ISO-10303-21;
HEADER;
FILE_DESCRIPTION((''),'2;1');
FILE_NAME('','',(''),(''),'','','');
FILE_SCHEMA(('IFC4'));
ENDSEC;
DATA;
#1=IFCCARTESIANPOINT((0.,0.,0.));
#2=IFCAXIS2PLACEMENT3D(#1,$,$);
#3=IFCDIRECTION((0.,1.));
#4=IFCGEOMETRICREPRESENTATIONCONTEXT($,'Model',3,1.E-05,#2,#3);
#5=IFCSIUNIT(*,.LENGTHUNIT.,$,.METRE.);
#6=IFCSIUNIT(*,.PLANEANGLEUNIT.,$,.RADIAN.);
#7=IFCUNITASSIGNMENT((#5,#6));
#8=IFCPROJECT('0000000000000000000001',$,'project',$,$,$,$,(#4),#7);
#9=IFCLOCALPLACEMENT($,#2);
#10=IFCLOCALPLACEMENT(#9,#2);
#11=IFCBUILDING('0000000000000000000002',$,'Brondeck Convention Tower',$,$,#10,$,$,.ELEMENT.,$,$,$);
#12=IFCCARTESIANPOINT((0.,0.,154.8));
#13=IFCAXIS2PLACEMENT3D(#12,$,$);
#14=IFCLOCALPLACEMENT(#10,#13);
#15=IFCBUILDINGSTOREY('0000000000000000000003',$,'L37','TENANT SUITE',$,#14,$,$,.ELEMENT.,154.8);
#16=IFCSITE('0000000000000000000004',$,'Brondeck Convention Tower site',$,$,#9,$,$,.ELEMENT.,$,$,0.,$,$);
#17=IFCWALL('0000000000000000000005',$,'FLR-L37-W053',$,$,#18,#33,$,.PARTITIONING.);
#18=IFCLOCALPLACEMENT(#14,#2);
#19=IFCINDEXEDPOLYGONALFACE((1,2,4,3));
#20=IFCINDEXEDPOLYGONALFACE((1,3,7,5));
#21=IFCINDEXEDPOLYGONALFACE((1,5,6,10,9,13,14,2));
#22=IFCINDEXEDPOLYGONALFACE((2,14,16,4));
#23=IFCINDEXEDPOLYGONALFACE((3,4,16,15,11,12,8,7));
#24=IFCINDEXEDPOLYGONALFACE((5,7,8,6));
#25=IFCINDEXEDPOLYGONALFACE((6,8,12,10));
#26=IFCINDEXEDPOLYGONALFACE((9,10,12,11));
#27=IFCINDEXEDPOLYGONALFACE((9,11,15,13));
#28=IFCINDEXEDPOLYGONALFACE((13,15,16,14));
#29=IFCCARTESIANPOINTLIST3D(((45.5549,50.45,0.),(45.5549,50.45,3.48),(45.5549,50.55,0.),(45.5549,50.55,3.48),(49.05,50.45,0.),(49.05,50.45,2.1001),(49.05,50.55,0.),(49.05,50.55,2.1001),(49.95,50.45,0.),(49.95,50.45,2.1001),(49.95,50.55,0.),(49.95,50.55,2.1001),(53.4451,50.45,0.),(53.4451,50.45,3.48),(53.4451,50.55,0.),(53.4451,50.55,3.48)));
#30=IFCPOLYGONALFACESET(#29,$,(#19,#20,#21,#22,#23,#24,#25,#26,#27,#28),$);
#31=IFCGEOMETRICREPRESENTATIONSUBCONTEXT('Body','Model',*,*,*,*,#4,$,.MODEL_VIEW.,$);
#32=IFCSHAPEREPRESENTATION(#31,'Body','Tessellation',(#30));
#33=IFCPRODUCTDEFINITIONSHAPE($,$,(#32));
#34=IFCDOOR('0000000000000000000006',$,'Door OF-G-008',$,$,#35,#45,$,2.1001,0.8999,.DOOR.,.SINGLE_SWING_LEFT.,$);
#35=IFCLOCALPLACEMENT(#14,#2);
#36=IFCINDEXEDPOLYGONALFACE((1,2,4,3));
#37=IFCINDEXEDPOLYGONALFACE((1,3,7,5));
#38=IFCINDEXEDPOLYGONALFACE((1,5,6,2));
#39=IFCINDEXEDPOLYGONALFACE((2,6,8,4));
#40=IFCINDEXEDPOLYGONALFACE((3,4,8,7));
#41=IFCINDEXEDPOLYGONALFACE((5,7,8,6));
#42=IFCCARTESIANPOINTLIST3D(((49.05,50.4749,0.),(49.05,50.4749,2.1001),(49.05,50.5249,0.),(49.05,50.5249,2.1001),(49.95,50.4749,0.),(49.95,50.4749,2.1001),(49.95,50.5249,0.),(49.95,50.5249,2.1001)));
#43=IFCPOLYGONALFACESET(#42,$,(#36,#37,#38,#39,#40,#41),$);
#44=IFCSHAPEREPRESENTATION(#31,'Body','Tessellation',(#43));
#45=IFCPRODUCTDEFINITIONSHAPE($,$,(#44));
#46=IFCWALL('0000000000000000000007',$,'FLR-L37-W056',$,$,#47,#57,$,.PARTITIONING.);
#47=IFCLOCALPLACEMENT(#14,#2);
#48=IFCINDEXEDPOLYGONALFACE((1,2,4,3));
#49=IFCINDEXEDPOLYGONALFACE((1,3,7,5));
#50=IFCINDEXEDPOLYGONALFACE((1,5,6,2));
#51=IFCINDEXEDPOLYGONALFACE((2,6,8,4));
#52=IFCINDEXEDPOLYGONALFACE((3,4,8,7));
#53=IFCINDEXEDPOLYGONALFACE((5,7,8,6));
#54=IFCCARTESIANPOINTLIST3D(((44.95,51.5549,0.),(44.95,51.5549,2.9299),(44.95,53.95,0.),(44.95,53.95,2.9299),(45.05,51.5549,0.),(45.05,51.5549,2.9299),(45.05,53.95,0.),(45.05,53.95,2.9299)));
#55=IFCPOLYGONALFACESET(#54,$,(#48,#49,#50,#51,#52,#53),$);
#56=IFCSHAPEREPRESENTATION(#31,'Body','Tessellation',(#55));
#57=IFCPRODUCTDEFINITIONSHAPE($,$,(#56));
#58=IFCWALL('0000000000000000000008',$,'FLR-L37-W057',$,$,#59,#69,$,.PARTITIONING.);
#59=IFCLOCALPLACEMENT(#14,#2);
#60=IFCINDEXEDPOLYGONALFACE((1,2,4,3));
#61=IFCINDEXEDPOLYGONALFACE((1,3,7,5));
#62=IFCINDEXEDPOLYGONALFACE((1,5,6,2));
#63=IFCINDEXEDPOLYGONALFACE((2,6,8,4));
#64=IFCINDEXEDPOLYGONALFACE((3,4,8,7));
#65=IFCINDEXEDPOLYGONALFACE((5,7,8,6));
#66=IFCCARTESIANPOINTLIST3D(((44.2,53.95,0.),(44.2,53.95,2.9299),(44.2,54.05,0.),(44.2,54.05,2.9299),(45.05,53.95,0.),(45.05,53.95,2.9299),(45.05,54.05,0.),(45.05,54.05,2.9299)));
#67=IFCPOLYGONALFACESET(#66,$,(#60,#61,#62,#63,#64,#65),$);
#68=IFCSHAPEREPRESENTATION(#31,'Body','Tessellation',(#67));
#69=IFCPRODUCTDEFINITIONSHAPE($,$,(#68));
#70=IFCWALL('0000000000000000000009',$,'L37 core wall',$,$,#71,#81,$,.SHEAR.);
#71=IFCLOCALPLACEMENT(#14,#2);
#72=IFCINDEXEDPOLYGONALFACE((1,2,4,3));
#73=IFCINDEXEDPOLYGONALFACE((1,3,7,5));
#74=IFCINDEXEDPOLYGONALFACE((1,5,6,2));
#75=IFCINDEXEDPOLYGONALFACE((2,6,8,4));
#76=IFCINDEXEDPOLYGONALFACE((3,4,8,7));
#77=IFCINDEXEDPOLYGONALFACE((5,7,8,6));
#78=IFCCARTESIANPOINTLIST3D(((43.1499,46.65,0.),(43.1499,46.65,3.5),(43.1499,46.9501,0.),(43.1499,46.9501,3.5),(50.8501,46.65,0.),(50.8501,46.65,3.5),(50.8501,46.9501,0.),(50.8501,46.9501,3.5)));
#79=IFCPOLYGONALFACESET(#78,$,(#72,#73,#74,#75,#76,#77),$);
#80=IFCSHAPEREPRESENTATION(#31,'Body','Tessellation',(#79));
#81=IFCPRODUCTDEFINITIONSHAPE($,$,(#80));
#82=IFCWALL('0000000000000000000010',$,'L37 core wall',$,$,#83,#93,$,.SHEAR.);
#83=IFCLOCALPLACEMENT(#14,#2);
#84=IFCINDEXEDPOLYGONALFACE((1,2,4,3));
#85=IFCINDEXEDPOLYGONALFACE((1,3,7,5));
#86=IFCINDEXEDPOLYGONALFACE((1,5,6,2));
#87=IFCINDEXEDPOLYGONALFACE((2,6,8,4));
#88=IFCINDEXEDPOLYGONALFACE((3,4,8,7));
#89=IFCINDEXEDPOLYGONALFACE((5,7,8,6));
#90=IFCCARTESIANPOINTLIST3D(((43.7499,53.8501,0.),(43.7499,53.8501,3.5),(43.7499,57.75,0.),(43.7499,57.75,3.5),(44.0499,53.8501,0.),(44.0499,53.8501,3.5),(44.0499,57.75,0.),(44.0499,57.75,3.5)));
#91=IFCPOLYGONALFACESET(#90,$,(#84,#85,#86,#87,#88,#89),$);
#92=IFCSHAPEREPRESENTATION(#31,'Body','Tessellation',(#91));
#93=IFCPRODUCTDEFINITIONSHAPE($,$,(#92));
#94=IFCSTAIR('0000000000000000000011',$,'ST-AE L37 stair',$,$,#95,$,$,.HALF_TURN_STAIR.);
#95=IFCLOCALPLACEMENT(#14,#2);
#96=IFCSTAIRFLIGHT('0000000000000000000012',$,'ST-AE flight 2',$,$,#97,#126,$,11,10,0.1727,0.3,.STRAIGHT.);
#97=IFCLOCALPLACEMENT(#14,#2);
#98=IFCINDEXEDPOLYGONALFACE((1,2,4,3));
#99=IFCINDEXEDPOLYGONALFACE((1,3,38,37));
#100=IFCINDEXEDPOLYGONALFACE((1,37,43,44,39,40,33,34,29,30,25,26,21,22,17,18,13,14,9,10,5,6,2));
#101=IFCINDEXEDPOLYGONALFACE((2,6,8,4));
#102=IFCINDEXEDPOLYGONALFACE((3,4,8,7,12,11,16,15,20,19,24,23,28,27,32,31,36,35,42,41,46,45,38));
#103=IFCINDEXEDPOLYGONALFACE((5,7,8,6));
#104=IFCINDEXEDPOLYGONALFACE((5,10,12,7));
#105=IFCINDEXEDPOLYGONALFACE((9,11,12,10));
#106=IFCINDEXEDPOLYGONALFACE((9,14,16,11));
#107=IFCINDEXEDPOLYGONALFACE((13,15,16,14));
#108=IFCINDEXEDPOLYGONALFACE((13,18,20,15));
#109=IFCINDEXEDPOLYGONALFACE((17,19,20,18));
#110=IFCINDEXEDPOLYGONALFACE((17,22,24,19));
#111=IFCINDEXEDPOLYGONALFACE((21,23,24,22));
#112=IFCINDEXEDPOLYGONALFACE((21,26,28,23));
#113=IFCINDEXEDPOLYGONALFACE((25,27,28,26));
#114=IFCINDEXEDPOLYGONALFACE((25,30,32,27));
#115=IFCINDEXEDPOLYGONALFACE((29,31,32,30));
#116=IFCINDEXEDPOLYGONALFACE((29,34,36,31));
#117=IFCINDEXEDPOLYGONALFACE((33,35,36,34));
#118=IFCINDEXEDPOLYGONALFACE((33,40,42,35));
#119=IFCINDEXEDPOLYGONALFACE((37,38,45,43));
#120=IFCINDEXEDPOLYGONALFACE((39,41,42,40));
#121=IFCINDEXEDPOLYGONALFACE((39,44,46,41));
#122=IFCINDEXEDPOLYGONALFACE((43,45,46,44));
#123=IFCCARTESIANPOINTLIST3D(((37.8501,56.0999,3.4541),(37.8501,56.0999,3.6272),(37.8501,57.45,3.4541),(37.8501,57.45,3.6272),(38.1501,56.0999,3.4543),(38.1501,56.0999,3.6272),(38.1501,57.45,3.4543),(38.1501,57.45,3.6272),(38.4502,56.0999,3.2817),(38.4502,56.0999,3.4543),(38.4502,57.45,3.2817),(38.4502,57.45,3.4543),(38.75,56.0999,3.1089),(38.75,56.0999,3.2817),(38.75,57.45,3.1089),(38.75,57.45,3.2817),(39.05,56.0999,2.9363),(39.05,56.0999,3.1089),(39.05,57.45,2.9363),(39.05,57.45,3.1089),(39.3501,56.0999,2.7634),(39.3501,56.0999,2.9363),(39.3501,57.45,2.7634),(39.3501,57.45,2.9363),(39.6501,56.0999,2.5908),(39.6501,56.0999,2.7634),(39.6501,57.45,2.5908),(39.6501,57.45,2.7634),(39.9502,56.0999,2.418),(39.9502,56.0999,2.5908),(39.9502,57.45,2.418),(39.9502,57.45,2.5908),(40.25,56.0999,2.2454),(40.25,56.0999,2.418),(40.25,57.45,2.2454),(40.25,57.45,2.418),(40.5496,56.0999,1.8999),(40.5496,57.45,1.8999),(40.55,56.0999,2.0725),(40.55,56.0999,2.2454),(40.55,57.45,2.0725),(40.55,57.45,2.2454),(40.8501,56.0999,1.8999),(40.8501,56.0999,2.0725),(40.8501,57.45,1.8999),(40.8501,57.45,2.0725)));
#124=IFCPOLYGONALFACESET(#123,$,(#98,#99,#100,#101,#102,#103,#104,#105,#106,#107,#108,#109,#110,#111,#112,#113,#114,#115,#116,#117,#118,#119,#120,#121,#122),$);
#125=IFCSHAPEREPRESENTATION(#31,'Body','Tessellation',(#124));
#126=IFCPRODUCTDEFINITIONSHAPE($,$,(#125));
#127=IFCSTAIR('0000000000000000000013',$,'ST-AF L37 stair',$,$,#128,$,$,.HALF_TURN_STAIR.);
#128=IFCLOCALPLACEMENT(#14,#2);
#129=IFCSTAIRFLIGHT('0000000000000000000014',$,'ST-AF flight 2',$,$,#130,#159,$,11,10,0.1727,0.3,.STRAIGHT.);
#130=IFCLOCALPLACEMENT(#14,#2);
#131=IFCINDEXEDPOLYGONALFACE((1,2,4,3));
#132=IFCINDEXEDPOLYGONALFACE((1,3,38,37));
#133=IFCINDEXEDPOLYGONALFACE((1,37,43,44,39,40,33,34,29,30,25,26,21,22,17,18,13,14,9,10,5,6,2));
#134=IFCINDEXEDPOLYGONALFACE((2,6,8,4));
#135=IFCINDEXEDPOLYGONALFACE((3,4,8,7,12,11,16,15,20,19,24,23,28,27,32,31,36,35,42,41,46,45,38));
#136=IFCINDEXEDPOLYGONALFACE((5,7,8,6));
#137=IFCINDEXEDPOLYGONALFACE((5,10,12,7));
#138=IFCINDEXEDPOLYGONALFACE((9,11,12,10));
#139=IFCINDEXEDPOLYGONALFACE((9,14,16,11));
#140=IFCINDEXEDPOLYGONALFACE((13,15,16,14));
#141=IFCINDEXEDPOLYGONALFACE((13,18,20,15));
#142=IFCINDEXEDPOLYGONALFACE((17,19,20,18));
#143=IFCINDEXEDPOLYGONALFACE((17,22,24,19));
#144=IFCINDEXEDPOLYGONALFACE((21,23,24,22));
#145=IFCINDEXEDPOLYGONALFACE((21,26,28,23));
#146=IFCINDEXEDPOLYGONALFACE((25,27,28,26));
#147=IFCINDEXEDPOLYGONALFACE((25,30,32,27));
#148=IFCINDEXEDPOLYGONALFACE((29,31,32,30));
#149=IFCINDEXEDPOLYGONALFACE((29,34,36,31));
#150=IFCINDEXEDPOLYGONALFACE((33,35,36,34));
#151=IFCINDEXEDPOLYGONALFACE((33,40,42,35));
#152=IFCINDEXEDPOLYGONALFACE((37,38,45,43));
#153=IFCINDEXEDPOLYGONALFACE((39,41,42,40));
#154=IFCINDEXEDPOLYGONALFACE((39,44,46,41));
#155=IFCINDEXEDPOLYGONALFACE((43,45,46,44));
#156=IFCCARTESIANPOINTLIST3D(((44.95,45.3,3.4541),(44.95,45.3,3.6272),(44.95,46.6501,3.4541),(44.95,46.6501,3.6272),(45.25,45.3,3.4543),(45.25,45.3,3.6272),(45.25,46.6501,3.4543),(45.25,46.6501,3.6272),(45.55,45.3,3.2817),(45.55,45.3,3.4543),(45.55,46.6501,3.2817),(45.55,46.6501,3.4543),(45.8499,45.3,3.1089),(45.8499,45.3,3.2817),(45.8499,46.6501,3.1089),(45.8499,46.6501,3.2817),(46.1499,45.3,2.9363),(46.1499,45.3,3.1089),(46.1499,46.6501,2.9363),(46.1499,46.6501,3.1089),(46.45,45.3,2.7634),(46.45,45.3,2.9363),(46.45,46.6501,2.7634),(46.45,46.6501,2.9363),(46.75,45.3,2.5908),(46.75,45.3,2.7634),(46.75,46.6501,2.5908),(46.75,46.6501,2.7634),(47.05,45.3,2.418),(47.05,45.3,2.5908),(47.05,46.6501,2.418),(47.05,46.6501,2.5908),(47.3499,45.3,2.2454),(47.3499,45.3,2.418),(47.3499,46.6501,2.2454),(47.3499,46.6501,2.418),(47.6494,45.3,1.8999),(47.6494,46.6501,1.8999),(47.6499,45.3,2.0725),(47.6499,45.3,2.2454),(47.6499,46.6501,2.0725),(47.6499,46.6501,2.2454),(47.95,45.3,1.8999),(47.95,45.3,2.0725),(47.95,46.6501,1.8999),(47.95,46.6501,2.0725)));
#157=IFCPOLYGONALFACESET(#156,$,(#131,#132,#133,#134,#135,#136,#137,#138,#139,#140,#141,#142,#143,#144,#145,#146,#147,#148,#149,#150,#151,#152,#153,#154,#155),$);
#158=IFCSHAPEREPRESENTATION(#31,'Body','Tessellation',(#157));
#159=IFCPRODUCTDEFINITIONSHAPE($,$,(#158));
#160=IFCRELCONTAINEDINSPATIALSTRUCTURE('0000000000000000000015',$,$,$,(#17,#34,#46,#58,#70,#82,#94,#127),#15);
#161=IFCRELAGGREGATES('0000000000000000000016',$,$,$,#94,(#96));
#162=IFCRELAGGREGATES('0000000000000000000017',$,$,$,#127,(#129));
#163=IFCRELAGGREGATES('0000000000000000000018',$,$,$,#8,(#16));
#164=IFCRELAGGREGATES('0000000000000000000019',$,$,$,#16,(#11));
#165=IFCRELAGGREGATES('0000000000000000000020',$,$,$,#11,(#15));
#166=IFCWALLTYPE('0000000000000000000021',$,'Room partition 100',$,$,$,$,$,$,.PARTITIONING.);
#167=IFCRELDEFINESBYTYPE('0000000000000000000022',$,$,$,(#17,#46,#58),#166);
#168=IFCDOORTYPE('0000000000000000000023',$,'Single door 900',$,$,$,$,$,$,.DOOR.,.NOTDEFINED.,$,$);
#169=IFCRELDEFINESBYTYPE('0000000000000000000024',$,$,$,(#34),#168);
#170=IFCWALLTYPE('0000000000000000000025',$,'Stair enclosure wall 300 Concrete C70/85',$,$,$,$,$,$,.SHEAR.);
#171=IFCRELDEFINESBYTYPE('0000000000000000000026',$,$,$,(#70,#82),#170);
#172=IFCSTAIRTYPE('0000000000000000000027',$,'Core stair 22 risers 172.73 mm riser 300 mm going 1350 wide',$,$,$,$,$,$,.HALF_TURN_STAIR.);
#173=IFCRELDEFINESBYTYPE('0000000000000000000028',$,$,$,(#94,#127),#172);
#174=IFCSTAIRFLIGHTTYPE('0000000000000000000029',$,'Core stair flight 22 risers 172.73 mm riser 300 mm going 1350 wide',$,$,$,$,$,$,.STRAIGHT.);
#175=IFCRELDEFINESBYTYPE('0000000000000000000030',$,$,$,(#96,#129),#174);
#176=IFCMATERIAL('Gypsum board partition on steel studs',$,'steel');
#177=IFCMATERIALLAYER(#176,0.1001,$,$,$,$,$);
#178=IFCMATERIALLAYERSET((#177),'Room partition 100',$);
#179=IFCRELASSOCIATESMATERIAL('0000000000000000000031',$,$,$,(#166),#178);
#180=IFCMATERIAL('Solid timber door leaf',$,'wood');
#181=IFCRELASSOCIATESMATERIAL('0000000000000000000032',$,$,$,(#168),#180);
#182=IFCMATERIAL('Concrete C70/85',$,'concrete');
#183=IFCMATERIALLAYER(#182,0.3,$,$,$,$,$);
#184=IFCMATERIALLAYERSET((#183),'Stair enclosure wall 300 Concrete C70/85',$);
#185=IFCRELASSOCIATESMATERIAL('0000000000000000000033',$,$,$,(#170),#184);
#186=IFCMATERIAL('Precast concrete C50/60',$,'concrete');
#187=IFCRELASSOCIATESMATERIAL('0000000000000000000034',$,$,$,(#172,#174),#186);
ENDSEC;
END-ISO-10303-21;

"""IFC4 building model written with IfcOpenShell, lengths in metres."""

from ifc_helpers import new_model, si_unit, direction, frame, frame_2d, origin, place, context, subcontext, project, spatial, polyline, rectangle, outline, extrude, material, layer, layer_set, type_object, element, fill, aggregate, save


model = new_model("IFC4")

# Units and contexts
model_context = context("Model", 3, precision=1e-05, world=origin(), true_north=direction((0.0, 1.0)))
body_context = subcontext(model_context, "Body", "Model", "MODEL_VIEW")
ifc_project = project(units=[si_unit("LENGTHUNIT", "METRE"), si_unit("PLANEANGLEUNIT", "RADIAN")], contexts=[model_context])

# Site, building, storey
site_placement = place(None, origin())
site = spatial("IfcSite", under=ifc_project, at=site_placement, Name="Brondeck Convention Tower site", CompositionType="ELEMENT", RefElevation=0.0)
building_placement = place(site_placement, origin())
building = spatial("IfcBuilding", under=site, at=building_placement, Name="Brondeck Convention Tower", CompositionType="ELEMENT")
storey_placement = place(building_placement, frame((0.0, 0.0, 154.8)))
storey = spatial("IfcBuildingStorey", under=building, at=storey_placement, Name="L37", Description="TENANT SUITE", CompositionType="ELEMENT", Elevation=154.8)

# Shared definitions
ifc_material_1 = material(Name="Concrete C70/85", Category="concrete")

# Shared definitions
ifc_material_2 = material(Name="Gypsum board partition on steel studs", Category="steel")
ifc_layer_1 = layer(ifc_material_2, 0.1001)
ifc_layer_set_1 = layer_set([ifc_layer_1], Name="Room partition 100")
wall_type_1 = type_object("IfcWallType", Name="Room partition 100", PredefinedType="PARTITIONING", material=ifc_layer_set_1)

# Wall, opening, door
ifc_material_3 = material(Name="Solid timber door leaf", Category="wood")
door_type = type_object("IfcDoorType", Name="Single door 900", OperationType="NOTDEFINED", PredefinedType="DOOR", material=ifc_material_3)
wall_1_placement = place(storey_placement, frame((45.5549, 50.5, 0.0), z_axis=(0.0, 0.0, 1.0), x_axis=(1.0, 0.0, 0.0)))
wall_1 = element("IfcWall", 1, at=wall_1_placement, inside=storey, type_object=wall_type_1, Name="FLR-L37-W053", PredefinedType="PARTITIONING", context=body_context, shape_type="SweptSolid", body=[
    extrude(rectangle(XDim=7.8901, YDim=0.1001, at=frame_2d((3.9451, 0.0))), origin(), (0.0, 0.0, 1.0), 3.48),
])
opening_1_placement = place(wall_1_placement, frame((3.4951, 0.0, 0.0)))
opening_1 = element("IfcOpeningElement", 2, at=opening_1_placement, cuts=wall_1, PredefinedType="OPENING", context=body_context, shape_type="SweptSolid", body=[
    extrude(rectangle(XDim=0.8999, YDim=2.1001, at=frame_2d((0.45, 1.05))), frame((0.0, 0.0601, 0.0), z_axis=(0.0, -1.0, 0.0), x_axis=(1.0, 0.0, 0.0)), (0.0, 0.0, 1.0), 0.1201),
])
door_1_placement = place(opening_1_placement, origin())
door_1 = element("IfcDoor", 3, at=door_1_placement, inside=storey, type_object=door_type, Name="Door OF-G-008", OperationType="SINGLE_SWING_LEFT", OverallHeight=2.1001, OverallWidth=0.8999, PredefinedType="DOOR", context=body_context, shape_type="SweptSolid", body=[
    extrude(rectangle(XDim=0.8999, YDim=2.1001, at=frame_2d((0.45, 1.05))), frame((0.0, 0.0249, 0.0), z_axis=(0.0, -1.0, 0.0), x_axis=(1.0, 0.0, 0.0)), (0.0, 0.0, 1.0), 0.05),
])
fill(opening_1, door_1)

# Walls
wall_2_placement = place(storey_placement, frame((45.0, 53.95, 0.0), z_axis=(0.0, 0.0, 1.0), x_axis=(0.0, -1.0, 0.0)))
element("IfcWall", 4, at=wall_2_placement, inside=storey, type_object=wall_type_1, Name="FLR-L37-W056", PredefinedType="PARTITIONING", context=body_context, shape_type="SweptSolid", body=[
    extrude(rectangle(XDim=2.395, YDim=0.1001, at=frame_2d((1.1975, 0.0))), origin(), (0.0, 0.0, 1.0), 2.9299),
])
wall_3_placement = place(storey_placement, frame((44.2, 54.0, 0.0), z_axis=(0.0, 0.0, 1.0), x_axis=(1.0, 0.0, 0.0)))
element("IfcWall", 5, at=wall_3_placement, inside=storey, type_object=wall_type_1, Name="FLR-L37-W057", PredefinedType="PARTITIONING", context=body_context, shape_type="SweptSolid", body=[
    extrude(rectangle(XDim=0.8501, YDim=0.1001, at=frame_2d((0.425, 0.0))), origin(), (0.0, 0.0, 1.0), 2.9299),
])
ifc_layer_2 = layer(ifc_material_1, 0.3)
ifc_layer_set_2 = layer_set([ifc_layer_2], Name="Stair enclosure wall 300 Concrete C70/85")
wall_type_2 = type_object("IfcWallType", Name="Stair enclosure wall 300 Concrete C70/85", PredefinedType="SHEAR", material=ifc_layer_set_2)
wall_4_placement = place(storey_placement, frame((43.1499, 46.8, 0.0), z_axis=(0.0, 0.0, 1.0), x_axis=(1.0, 0.0, 0.0)))
element("IfcWall", 6, at=wall_4_placement, inside=storey, type_object=wall_type_2, Name="L37 core wall", PredefinedType="SHEAR", context=body_context, shape_type="SweptSolid", body=[
    extrude(rectangle(XDim=7.7002, YDim=0.3, at=frame_2d((3.8501, 0.0))), origin(), (0.0, 0.0, 1.0), 3.5),
])
wall_5_placement = place(storey_placement, frame((43.8999, 53.8501, 0.0), z_axis=(0.0, 0.0, 1.0), x_axis=(0.0, 1.0, 0.0)))
element("IfcWall", 7, at=wall_5_placement, inside=storey, type_object=wall_type_2, Name="L37 core wall", PredefinedType="SHEAR", context=body_context, shape_type="SweptSolid", body=[
    extrude(rectangle(XDim=3.8999, YDim=0.3, at=frame_2d((1.95, 0.0))), origin(), (0.0, 0.0, 1.0), 3.5),
])

# Stairs, stair flights
ifc_material_4 = material(Name="Precast concrete C50/60", Category="concrete")
stair_type = type_object("IfcStairType", Name="Core stair 22 risers 172.73 mm riser 300 mm going 1350 wide", PredefinedType="HALF_TURN_STAIR", material=ifc_material_4)
stair_1_placement = place(storey_placement, origin())
stair_1 = element("IfcStair", 8, at=stair_1_placement, inside=storey, type_object=stair_type, Name="ST-AE L37 stair", PredefinedType="HALF_TURN_STAIR")
stair_flight_type = type_object("IfcStairFlightType", Name="Core stair flight 22 risers 172.73 mm riser 300 mm going 1350 wide", PredefinedType="STRAIGHT", material=ifc_material_4)
stair_flight_1_placement = place(storey_placement, frame((40.8501, 56.7749, 1.8999), z_axis=(0.0, 0.0, 1.0), x_axis=(-1.0, 0.0, 0.0)))
stair_flight_1 = element("IfcStairFlight", 9, at=stair_flight_1_placement, type_object=stair_flight_type, Name="ST-AE flight 2", NumberOfRisers=11, NumberOfTreads=10, PredefinedType="STRAIGHT", RiserHeight=0.1727, TreadLength=0.3, context=body_context, shape_type="SweptSolid", body=[
    extrude(outline(polyline([(0.0, 0.0), (0.0, 0.1726), (0.3, 0.1726), (0.3, 0.3455), (0.6001, 0.3455), (0.6001, 0.5181), (0.8999, 0.5181), (0.8999, 0.6909), (1.2, 0.6909), (1.2, 0.8635), (1.5, 0.8635), (1.5, 1.0364), (1.8, 1.0364), (1.8, 1.209), (2.1001, 1.209), (2.1001, 1.3818), (2.3999, 1.3818), (2.3999, 1.5544), (2.7, 1.5544), (2.7, 1.7273), (3.0, 1.7273), (3.0, 1.8999), (3.0, 1.5542), (0.3005, 0.0), (0.0, 0.0)])), frame((0.0, 0.675, 0.0), z_axis=(0.0, -1.0, 0.0), x_axis=(1.0, 0.0, 0.0)), (0.0, 0.0, 1.0), 1.3501),
])
aggregate(stair_1, [stair_flight_1])
stair_2_placement = place(storey_placement, origin())
stair_2 = element("IfcStair", 10, at=stair_2_placement, inside=storey, type_object=stair_type, Name="ST-AF L37 stair", PredefinedType="HALF_TURN_STAIR")
stair_flight_2_placement = place(storey_placement, frame((47.95, 45.9751, 1.8999), z_axis=(0.0, 0.0, 1.0), x_axis=(-1.0, 0.0, 0.0)))
stair_flight_2 = element("IfcStairFlight", 11, at=stair_flight_2_placement, type_object=stair_flight_type, Name="ST-AF flight 2", NumberOfRisers=11, NumberOfTreads=10, PredefinedType="STRAIGHT", RiserHeight=0.1727, TreadLength=0.3, context=body_context, shape_type="SweptSolid", body=[
    extrude(outline(polyline([(0.0, 0.0), (0.0, 0.1726), (0.3, 0.1726), (0.3, 0.3455), (0.6001, 0.3455), (0.6001, 0.5181), (0.8999, 0.5181), (0.8999, 0.6909), (1.2, 0.6909), (1.2, 0.8635), (1.5, 0.8635), (1.5, 1.0364), (1.8, 1.0364), (1.8, 1.209), (2.1001, 1.209), (2.1001, 1.3818), (2.3999, 1.3818), (2.3999, 1.5544), (2.7, 1.5544), (2.7, 1.7273), (3.0, 1.7273), (3.0, 1.8999), (3.0, 1.5542), (0.3005, 0.0), (0.0, 0.0)])), frame((0.0, 0.675, 0.0), z_axis=(0.0, -1.0, 0.0), x_axis=(1.0, 0.0, 0.0)), (0.0, 0.0, 1.0), 1.3501),
])
aggregate(stair_2, [stair_flight_2])

save(model, "model.ifc")
